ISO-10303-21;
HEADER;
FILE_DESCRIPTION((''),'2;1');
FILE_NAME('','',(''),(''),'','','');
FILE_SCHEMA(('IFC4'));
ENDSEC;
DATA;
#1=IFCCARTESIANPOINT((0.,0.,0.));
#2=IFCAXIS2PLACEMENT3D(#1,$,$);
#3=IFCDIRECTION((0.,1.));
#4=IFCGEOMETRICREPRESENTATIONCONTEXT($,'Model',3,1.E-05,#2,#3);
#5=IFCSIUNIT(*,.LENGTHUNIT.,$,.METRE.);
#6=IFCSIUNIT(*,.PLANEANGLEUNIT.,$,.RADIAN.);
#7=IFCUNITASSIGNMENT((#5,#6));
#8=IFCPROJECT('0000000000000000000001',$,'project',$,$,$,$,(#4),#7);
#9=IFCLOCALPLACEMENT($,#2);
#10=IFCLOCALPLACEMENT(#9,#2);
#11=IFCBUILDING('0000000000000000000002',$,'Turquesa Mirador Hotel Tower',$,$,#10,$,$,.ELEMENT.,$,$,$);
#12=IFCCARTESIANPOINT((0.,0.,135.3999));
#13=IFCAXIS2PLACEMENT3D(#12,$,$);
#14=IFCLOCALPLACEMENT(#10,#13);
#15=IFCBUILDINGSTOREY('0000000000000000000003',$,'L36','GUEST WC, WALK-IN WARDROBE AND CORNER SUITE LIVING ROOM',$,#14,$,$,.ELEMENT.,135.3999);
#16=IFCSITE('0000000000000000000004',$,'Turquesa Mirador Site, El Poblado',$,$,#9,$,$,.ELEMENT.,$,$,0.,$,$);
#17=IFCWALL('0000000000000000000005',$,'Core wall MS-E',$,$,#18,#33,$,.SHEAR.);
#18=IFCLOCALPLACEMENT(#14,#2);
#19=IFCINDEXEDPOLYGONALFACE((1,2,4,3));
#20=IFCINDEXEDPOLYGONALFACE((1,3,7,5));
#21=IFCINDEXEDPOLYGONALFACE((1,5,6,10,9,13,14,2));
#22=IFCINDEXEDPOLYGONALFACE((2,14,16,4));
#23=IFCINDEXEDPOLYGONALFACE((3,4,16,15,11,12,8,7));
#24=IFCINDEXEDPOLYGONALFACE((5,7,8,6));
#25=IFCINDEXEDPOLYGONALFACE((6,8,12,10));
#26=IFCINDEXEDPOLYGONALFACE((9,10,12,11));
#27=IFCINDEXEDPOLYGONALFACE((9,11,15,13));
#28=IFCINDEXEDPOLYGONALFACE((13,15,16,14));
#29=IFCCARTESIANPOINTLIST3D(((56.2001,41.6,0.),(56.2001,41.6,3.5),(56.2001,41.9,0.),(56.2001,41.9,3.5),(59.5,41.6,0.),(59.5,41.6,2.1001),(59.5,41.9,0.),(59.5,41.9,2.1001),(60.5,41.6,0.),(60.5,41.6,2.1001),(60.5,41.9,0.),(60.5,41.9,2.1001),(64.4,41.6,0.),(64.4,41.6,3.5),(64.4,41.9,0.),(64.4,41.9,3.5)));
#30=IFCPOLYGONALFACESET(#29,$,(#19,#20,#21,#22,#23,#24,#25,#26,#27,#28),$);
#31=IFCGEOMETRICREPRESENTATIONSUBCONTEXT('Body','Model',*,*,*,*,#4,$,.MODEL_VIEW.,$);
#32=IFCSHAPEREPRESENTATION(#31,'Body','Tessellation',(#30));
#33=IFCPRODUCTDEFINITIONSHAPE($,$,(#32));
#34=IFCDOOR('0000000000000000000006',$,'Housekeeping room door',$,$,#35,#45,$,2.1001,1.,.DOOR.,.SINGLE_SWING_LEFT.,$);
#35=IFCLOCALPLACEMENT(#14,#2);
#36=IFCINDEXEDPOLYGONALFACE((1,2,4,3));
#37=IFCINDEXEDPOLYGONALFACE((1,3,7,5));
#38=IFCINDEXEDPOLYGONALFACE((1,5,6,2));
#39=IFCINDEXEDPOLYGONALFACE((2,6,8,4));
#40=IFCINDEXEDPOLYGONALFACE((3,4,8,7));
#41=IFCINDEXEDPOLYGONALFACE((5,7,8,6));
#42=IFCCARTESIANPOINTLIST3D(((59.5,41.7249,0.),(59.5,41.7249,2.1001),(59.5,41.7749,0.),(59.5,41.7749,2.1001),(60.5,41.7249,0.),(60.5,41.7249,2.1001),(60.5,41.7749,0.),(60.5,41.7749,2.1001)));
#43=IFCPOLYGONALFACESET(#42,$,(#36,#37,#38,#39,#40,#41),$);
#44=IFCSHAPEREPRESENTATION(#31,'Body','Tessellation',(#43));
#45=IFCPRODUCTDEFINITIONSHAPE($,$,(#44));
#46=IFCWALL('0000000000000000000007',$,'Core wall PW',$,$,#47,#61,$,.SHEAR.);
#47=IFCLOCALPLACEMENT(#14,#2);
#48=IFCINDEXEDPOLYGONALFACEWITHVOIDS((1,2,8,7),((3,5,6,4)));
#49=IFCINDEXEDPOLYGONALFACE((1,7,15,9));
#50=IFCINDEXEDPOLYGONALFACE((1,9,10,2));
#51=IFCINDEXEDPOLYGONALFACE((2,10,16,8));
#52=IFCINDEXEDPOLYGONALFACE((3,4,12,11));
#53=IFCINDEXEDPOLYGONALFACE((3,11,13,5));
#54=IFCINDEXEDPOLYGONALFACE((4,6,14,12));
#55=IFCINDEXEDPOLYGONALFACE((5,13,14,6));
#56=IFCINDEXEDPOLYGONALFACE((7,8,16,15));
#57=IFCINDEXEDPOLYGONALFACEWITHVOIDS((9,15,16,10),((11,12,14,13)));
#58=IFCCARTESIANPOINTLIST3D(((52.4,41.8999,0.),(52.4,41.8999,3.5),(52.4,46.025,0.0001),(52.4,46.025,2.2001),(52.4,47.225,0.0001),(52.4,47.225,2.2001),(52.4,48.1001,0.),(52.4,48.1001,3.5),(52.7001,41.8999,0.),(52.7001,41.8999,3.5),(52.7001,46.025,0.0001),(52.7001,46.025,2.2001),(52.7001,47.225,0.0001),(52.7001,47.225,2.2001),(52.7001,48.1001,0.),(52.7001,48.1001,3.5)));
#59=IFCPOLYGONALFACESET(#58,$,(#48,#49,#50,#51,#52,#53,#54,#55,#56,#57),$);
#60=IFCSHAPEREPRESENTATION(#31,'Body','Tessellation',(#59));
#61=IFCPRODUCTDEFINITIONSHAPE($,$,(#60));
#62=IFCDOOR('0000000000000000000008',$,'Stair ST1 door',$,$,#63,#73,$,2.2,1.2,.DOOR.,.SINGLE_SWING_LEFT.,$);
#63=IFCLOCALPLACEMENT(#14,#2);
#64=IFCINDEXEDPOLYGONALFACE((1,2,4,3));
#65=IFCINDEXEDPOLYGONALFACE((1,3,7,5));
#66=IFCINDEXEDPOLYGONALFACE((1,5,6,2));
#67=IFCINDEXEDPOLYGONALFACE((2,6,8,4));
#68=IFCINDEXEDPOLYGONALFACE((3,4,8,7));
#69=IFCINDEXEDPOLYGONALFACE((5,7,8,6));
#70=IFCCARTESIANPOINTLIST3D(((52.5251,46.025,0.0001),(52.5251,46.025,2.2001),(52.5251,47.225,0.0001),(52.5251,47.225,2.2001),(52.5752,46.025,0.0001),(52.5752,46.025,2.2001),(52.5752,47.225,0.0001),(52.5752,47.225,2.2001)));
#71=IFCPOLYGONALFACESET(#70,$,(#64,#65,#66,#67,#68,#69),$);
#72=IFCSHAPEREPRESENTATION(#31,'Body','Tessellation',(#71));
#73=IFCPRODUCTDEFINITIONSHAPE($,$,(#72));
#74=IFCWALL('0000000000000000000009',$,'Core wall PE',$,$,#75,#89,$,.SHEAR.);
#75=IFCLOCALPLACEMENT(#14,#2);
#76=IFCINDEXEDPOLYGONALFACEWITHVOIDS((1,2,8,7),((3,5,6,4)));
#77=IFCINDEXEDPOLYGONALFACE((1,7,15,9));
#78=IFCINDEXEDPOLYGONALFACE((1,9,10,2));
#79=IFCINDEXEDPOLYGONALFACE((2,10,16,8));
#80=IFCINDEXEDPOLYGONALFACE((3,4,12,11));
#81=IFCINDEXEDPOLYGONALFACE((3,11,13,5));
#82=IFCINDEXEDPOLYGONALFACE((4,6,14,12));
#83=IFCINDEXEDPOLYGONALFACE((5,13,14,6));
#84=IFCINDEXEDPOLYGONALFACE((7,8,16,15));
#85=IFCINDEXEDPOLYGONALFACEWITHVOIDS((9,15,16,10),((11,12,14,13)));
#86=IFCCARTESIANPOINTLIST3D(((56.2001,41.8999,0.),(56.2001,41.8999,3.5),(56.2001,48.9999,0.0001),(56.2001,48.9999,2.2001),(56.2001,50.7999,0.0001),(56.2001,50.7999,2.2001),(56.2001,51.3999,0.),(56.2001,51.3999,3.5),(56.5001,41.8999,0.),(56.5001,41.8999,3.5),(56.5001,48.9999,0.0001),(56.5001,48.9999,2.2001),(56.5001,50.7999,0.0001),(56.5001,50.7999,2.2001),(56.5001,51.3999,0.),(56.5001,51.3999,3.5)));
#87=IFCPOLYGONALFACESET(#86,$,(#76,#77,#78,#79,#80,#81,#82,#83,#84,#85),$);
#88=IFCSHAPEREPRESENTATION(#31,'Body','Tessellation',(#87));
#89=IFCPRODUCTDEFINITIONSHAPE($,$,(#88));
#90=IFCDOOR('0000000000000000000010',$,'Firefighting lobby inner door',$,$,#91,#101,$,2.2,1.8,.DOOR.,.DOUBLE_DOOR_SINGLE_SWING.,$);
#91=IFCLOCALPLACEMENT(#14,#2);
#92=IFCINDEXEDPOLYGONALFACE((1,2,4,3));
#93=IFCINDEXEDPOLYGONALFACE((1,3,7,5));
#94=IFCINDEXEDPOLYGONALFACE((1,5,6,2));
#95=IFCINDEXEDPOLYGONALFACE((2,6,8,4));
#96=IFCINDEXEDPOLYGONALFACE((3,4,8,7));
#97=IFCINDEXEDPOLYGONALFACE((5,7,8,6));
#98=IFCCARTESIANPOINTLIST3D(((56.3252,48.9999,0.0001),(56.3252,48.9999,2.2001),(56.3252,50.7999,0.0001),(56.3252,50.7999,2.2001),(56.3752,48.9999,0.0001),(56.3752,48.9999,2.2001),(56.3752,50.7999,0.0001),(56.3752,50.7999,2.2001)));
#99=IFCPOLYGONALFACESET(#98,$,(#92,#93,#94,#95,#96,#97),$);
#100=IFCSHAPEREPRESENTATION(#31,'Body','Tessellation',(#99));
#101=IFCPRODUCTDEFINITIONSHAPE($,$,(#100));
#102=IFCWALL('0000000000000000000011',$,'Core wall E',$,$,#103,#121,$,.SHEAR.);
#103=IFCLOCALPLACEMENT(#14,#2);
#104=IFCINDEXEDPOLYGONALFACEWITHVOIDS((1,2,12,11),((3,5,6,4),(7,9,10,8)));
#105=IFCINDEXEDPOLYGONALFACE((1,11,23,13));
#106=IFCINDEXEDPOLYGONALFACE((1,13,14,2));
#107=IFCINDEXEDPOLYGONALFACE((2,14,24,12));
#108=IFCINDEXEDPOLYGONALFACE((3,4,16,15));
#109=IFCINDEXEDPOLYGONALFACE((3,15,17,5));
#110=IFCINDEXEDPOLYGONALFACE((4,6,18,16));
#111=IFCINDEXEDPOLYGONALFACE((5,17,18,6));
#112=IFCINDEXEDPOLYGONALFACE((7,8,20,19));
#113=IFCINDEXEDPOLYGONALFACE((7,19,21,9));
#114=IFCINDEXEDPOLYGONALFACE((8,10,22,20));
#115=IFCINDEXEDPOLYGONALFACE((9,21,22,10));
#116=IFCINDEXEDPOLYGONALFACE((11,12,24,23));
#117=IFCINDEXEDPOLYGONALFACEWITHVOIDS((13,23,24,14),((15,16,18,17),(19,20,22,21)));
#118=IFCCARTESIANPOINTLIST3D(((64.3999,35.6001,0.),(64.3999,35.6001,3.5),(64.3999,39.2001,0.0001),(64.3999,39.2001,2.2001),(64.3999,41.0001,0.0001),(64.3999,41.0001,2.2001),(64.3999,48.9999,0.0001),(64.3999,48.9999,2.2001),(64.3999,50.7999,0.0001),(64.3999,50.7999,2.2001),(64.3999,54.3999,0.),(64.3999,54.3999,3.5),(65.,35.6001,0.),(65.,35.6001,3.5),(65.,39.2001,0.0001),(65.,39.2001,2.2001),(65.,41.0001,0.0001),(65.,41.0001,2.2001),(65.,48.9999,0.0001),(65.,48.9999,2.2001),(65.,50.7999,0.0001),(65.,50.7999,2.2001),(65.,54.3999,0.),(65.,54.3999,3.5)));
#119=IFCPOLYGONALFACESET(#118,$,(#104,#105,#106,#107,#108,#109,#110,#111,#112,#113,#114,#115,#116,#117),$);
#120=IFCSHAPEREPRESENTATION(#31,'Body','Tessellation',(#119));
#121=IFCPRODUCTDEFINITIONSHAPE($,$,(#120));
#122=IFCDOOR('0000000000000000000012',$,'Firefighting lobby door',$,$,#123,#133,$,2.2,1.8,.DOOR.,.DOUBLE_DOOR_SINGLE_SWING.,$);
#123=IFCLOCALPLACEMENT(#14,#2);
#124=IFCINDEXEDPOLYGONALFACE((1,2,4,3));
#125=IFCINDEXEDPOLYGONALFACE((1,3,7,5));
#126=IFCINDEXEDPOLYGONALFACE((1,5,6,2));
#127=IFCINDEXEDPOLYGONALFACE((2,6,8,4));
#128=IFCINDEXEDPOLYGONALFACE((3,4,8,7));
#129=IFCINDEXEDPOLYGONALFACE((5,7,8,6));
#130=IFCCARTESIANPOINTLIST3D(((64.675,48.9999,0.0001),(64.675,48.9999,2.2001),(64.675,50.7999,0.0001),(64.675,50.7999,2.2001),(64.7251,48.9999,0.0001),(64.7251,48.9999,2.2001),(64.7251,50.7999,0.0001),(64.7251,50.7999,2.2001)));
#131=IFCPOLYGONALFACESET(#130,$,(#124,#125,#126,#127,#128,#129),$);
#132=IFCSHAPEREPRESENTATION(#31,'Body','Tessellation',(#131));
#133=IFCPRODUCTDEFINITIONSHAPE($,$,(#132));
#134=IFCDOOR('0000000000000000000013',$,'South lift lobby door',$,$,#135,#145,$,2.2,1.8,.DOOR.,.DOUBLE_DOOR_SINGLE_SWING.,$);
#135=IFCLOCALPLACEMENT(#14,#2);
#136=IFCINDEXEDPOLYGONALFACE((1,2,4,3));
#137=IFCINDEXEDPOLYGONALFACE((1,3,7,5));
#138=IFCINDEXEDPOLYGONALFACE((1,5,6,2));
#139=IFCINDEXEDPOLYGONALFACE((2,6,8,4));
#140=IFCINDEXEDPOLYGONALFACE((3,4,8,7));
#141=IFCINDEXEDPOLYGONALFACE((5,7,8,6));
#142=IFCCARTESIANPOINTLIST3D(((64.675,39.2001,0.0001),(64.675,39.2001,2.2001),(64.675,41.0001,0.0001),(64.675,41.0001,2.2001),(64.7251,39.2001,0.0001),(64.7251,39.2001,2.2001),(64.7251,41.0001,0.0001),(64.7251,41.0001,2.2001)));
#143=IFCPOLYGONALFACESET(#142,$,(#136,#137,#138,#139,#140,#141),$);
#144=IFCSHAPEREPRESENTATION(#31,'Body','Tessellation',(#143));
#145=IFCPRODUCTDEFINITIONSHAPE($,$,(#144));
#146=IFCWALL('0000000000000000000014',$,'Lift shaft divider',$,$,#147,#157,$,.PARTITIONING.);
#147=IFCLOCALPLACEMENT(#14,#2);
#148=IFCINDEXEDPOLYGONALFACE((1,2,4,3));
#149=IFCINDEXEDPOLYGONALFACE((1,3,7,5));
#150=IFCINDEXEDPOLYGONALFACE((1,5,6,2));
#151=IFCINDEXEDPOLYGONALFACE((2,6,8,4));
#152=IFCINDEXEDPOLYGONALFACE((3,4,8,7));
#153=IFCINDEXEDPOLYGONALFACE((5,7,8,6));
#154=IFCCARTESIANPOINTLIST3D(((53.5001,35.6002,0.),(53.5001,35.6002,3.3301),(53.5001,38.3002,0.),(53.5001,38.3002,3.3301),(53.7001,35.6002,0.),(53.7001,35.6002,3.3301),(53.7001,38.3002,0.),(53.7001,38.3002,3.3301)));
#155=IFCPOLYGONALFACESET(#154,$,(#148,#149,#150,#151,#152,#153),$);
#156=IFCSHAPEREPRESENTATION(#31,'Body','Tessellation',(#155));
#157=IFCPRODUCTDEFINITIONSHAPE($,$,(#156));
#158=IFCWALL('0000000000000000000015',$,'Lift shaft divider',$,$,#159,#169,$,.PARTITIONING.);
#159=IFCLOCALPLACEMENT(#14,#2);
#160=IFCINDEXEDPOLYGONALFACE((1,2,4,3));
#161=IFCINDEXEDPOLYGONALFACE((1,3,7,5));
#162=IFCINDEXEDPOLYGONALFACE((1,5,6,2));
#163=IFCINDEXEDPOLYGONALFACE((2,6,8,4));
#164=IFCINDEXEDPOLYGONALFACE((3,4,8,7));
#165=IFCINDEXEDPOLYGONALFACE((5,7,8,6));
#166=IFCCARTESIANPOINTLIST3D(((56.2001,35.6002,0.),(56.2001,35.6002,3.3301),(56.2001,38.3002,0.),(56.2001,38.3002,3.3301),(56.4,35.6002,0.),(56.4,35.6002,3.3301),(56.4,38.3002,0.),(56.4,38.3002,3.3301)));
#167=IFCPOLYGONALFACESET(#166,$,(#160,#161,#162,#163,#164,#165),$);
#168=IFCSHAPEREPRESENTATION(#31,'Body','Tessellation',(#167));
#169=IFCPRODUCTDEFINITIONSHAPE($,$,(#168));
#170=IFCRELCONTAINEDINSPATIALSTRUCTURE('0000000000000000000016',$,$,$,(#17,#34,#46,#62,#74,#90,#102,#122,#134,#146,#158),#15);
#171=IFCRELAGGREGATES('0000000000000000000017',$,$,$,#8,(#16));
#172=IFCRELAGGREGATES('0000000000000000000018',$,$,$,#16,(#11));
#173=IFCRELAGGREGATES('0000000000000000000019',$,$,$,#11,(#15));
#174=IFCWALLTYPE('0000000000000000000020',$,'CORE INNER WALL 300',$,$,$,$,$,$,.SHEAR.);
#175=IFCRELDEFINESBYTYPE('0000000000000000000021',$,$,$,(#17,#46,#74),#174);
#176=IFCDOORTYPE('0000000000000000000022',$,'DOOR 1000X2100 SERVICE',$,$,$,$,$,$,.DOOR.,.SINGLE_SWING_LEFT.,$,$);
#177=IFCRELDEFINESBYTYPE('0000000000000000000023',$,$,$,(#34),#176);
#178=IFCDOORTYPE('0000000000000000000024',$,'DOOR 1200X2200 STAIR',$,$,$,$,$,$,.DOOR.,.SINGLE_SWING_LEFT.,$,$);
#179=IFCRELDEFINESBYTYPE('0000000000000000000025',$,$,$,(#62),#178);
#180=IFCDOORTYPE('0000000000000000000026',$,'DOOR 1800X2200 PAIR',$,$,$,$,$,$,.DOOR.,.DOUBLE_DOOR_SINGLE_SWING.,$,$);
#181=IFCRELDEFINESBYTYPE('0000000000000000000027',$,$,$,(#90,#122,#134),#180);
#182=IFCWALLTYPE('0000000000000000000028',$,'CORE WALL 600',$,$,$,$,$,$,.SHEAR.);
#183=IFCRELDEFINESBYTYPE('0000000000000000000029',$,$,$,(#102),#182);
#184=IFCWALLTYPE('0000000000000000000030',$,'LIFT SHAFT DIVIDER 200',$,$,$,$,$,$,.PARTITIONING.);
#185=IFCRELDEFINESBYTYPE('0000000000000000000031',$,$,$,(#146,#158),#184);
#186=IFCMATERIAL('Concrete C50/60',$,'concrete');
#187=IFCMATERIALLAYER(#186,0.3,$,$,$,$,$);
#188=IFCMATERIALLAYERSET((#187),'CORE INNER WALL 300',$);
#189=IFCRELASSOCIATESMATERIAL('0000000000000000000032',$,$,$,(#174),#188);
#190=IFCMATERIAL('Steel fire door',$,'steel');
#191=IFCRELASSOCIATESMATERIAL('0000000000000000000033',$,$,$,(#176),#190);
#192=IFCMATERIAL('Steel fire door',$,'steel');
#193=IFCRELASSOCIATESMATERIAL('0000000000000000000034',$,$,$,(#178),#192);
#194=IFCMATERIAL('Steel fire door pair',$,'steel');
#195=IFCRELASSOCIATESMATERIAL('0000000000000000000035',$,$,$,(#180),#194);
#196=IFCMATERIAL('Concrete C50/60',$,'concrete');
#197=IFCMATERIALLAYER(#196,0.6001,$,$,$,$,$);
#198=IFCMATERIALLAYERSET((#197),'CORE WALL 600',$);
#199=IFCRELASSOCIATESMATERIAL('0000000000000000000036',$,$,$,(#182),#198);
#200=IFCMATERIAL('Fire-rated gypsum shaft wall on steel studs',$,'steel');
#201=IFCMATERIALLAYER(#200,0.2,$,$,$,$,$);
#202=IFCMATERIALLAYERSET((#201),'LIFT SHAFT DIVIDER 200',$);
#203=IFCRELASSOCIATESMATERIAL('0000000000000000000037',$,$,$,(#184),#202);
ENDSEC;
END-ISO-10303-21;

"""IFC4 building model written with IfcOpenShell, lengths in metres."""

from ifc_helpers import new_model, si_unit, direction, frame, frame_2d, origin, place, context, subcontext, project, spatial, rectangle, extrude, material, layer, layer_set, type_object, element, fill, save


model = new_model("IFC4")

# Units and contexts
model_context = context("Model", 3, precision=1e-05, world=origin(), true_north=direction((0.0, 1.0)))
body_context = subcontext(model_context, "Body", "Model", "MODEL_VIEW")
ifc_project = project(units=[si_unit("LENGTHUNIT", "METRE"), si_unit("PLANEANGLEUNIT", "RADIAN")], contexts=[model_context])

# Site, building, storey
site_placement = place(None, origin())
site = spatial("IfcSite", under=ifc_project, at=site_placement, Name="Turquesa Mirador Site, El Poblado", CompositionType="ELEMENT", RefElevation=0.0)
building_placement = place(site_placement, origin())
building = spatial("IfcBuilding", under=site, at=building_placement, Name="Turquesa Mirador Hotel Tower", CompositionType="ELEMENT")
storey_placement = place(building_placement, frame((0.0, 0.0, 135.3999)))
storey = spatial("IfcBuildingStorey", under=building, at=storey_placement, Name="L36", Description="GUEST WC, WALK-IN WARDROBE AND CORNER SUITE LIVING ROOM", CompositionType="ELEMENT", Elevation=135.3999)

# Walls, openings, doors
ifc_material_1 = material(Name="Concrete C50/60", Category="concrete")
ifc_layer_1 = layer(ifc_material_1, 0.3)
ifc_layer_set_1 = layer_set([ifc_layer_1], Name="CORE INNER WALL 300")
wall_type_1 = type_object("IfcWallType", Name="CORE INNER WALL 300", PredefinedType="SHEAR", material=ifc_layer_set_1)
wall_1_placement = place(storey_placement, frame((56.2, 41.75, 0.0), z_axis=(0.0, 0.0, 1.0), x_axis=(1.0, 0.0, 0.0)))
wall_1 = element("IfcWall", 1, at=wall_1_placement, inside=storey, type_object=wall_type_1, Name="Core wall MS-E", PredefinedType="SHEAR", context=body_context, shape_type="SweptSolid", body=[
    extrude(rectangle(XDim=8.2, YDim=0.3, at=frame_2d((4.1001, 0.0))), origin(), (0.0, 0.0, 1.0), 3.5),
])
opening_1_placement = place(wall_1_placement, frame((3.3, 0.0, 0.0)))
opening_1 = element("IfcOpeningElement", 2, at=opening_1_placement, cuts=wall_1, PredefinedType="OPENING", context=body_context, shape_type="SweptSolid", body=[
    extrude(rectangle(XDim=1.0, YDim=2.1001, at=frame_2d((0.5, 1.05))), frame((0.0, 0.1599, 0.0), z_axis=(0.0, -1.0, 0.0), x_axis=(1.0, 0.0, 0.0)), (0.0, 0.0, 1.0), 0.3201),
])
ifc_material_2 = material(Name="Steel fire door", Category="steel")
door_type_1 = type_object("IfcDoorType", Name="DOOR 1000X2100 SERVICE", OperationType="SINGLE_SWING_LEFT", PredefinedType="DOOR", material=ifc_material_2)
door_1_placement = place(opening_1_placement, origin())
door_1 = element("IfcDoor", 3, at=door_1_placement, inside=storey, type_object=door_type_1, Name="Housekeeping room door", OperationType="SINGLE_SWING_LEFT", OverallHeight=2.1001, OverallWidth=1.0, PredefinedType="DOOR", context=body_context, shape_type="SweptSolid", body=[
    extrude(rectangle(XDim=1.0, YDim=2.1001, at=frame_2d((0.5, 1.05))), frame((0.0, 0.0249, 0.0), z_axis=(0.0, -1.0, 0.0), x_axis=(1.0, 0.0, 0.0)), (0.0, 0.0, 1.0), 0.05),
])
fill(opening_1, door_1)
wall_2_placement = place(storey_placement, frame((52.55, 41.8999, 0.0), z_axis=(0.0, 0.0, 1.0), x_axis=(0.0, 1.0, 0.0)))
wall_2 = element("IfcWall", 4, at=wall_2_placement, inside=storey, type_object=wall_type_1, Name="Core wall PW", PredefinedType="SHEAR", context=body_context, shape_type="SweptSolid", body=[
    extrude(rectangle(XDim=6.2002, YDim=0.3, at=frame_2d((3.1001, 0.0))), origin(), (0.0, 0.0, 1.0), 3.5),
])
opening_2_placement = place(wall_2_placement, frame((4.125, 0.0, 0.0)))
opening_2 = element("IfcOpeningElement", 5, at=opening_2_placement, cuts=wall_2, PredefinedType="OPENING", context=body_context, shape_type="SweptSolid", body=[
    extrude(rectangle(XDim=1.2, YDim=2.2, at=frame_2d((0.6001, 1.1001))), frame((0.0, 0.1599, 0.0), z_axis=(0.0, -1.0, 0.0), x_axis=(1.0, 0.0, 0.0)), (0.0, 0.0, 1.0), 0.3201),
])
ifc_material_3 = material(Name="Steel fire door", Category="steel")
door_type_2 = type_object("IfcDoorType", Name="DOOR 1200X2200 STAIR", OperationType="SINGLE_SWING_LEFT", PredefinedType="DOOR", material=ifc_material_3)
door_2_placement = place(opening_2_placement, origin())
door_2 = element("IfcDoor", 6, at=door_2_placement, inside=storey, type_object=door_type_2, Name="Stair ST1 door", OperationType="SINGLE_SWING_LEFT", OverallHeight=2.2, OverallWidth=1.2, PredefinedType="DOOR", context=body_context, shape_type="SweptSolid", body=[
    extrude(rectangle(XDim=1.2, YDim=2.2, at=frame_2d((0.6001, 1.1001))), frame((0.0, 0.0249, 0.0), z_axis=(0.0, -1.0, 0.0), x_axis=(1.0, 0.0, 0.0)), (0.0, 0.0, 1.0), 0.05),
])
fill(opening_2, door_2)
wall_3_placement = place(storey_placement, frame((56.3501, 41.8999, 0.0), z_axis=(0.0, 0.0, 1.0), x_axis=(0.0, 1.0, 0.0)))
wall_3 = element("IfcWall", 7, at=wall_3_placement, inside=storey, type_object=wall_type_1, Name="Core wall PE", PredefinedType="SHEAR", context=body_context, shape_type="SweptSolid", body=[
    extrude(rectangle(XDim=9.5, YDim=0.3, at=frame_2d((4.75, 0.0))), origin(), (0.0, 0.0, 1.0), 3.5),
])
opening_3_placement = place(wall_3_placement, frame((7.1001, 0.0, 0.0)))
opening_3 = element("IfcOpeningElement", 8, at=opening_3_placement, cuts=wall_3, PredefinedType="OPENING", context=body_context, shape_type="SweptSolid", body=[
    extrude(rectangle(XDim=1.8, YDim=2.2, at=frame_2d((0.8999, 1.1001))), frame((0.0, 0.1599, 0.0), z_axis=(0.0, -1.0, 0.0), x_axis=(1.0, 0.0, 0.0)), (0.0, 0.0, 1.0), 0.3201),
])
ifc_material_4 = material(Name="Steel fire door pair", Category="steel")
door_type_3 = type_object("IfcDoorType", Name="DOOR 1800X2200 PAIR", OperationType="DOUBLE_DOOR_SINGLE_SWING", PredefinedType="DOOR", material=ifc_material_4)
door_3_placement = place(opening_3_placement, origin())
door_3 = element("IfcDoor", 9, at=door_3_placement, inside=storey, type_object=door_type_3, Name="Firefighting lobby inner door", OperationType="DOUBLE_DOOR_SINGLE_SWING", OverallHeight=2.2, OverallWidth=1.8, PredefinedType="DOOR", context=body_context, shape_type="SweptSolid", body=[
    extrude(rectangle(XDim=1.8, YDim=2.2, at=frame_2d((0.8999, 1.1001))), frame((0.0, 0.0249, 0.0), z_axis=(0.0, -1.0, 0.0), x_axis=(1.0, 0.0, 0.0)), (0.0, 0.0, 1.0), 0.05),
])
fill(opening_3, door_3)

# Wall, openings, doors
ifc_material_5 = material(Name="Concrete C50/60", Category="concrete")
ifc_layer_2 = layer(ifc_material_5, 0.6001)
ifc_layer_set_2 = layer_set([ifc_layer_2], Name="CORE WALL 600")
wall_type_2 = type_object("IfcWallType", Name="CORE WALL 600", PredefinedType="SHEAR", material=ifc_layer_set_2)
wall_4_placement = place(storey_placement, frame((64.7, 35.6001, 0.0), z_axis=(0.0, 0.0, 1.0), x_axis=(0.0, 1.0, 0.0)))
wall_4 = element("IfcWall", 10, at=wall_4_placement, inside=storey, type_object=wall_type_2, Name="Core wall E", PredefinedType="SHEAR", context=body_context, shape_type="SweptSolid", body=[
    extrude(rectangle(XDim=18.7998, YDim=0.6001, at=frame_2d((9.3999, 0.0))), origin(), (0.0, 0.0, 1.0), 3.5),
])
opening_4_placement = place(wall_4_placement, frame((13.3999, 0.0, 0.0)))
opening_4 = element("IfcOpeningElement", 11, at=opening_4_placement, cuts=wall_4, PredefinedType="OPENING", context=body_context, shape_type="SweptSolid", body=[
    extrude(rectangle(XDim=1.8, YDim=2.2, at=frame_2d((0.8999, 1.1001))), frame((0.0, 0.3101, 0.0), z_axis=(0.0, -1.0, 0.0), x_axis=(1.0, 0.0, 0.0)), (0.0, 0.0, 1.0), 0.6201),
])
opening_5_placement = place(wall_4_placement, frame((3.6001, 0.0, 0.0)))
opening_5 = element("IfcOpeningElement", 12, at=opening_5_placement, cuts=wall_4, PredefinedType="OPENING", context=body_context, shape_type="SweptSolid", body=[
    extrude(rectangle(XDim=1.8, YDim=2.2, at=frame_2d((0.8999, 1.1001))), frame((0.0, 0.3101, 0.0), z_axis=(0.0, -1.0, 0.0), x_axis=(1.0, 0.0, 0.0)), (0.0, 0.0, 1.0), 0.6201),
])
door_4_placement = place(opening_4_placement, origin())
door_4 = element("IfcDoor", 13, at=door_4_placement, inside=storey, type_object=door_type_3, Name="Firefighting lobby door", OperationType="DOUBLE_DOOR_SINGLE_SWING", OverallHeight=2.2, OverallWidth=1.8, PredefinedType="DOOR", context=body_context, shape_type="SweptSolid", body=[
    extrude(rectangle(XDim=1.8, YDim=2.2, at=frame_2d((0.8999, 1.1001))), frame((0.0, 0.0249, 0.0), z_axis=(0.0, -1.0, 0.0), x_axis=(1.0, 0.0, 0.0)), (0.0, 0.0, 1.0), 0.05),
])
fill(opening_4, door_4)
door_5_placement = place(opening_5_placement, origin())
door_5 = element("IfcDoor", 14, at=door_5_placement, inside=storey, type_object=door_type_3, Name="South lift lobby door", OperationType="DOUBLE_DOOR_SINGLE_SWING", OverallHeight=2.2, OverallWidth=1.8, PredefinedType="DOOR", context=body_context, shape_type="SweptSolid", body=[
    extrude(rectangle(XDim=1.8, YDim=2.2, at=frame_2d((0.8999, 1.1001))), frame((0.0, 0.0249, 0.0), z_axis=(0.0, -1.0, 0.0), x_axis=(1.0, 0.0, 0.0)), (0.0, 0.0, 1.0), 0.05),
])
fill(opening_5, door_5)

# Walls
ifc_material_6 = material(Name="Fire-rated gypsum shaft wall on steel studs", Category="steel")
ifc_layer_3 = layer(ifc_material_6, 0.2)
ifc_layer_set_3 = layer_set([ifc_layer_3], Name="LIFT SHAFT DIVIDER 200")
wall_type_3 = type_object("IfcWallType", Name="LIFT SHAFT DIVIDER 200", PredefinedType="PARTITIONING", material=ifc_layer_set_3)
for number, where, z_axis, x_axis, name in (
    (15, (53.6001, 35.6001, 0.0), (0.0, 0.0, 1.0), (0.0, 1.0, 0.0), "Lift shaft divider"),
    (16, (56.3, 35.6001, 0.0), (0.0, 0.0, 1.0), (0.0, 1.0, 0.0), "Lift shaft divider"),
):
    element("IfcWall", number, at=place(storey_placement, frame(where, z_axis=z_axis, x_axis=x_axis)), inside=storey, type_object=wall_type_3, Name=name, PredefinedType="PARTITIONING", context=body_context, shape_type="SweptSolid", body=[
        extrude(rectangle(XDim=2.7, YDim=0.2, at=frame_2d((1.3501, 0.0))), origin(), (0.0, 0.0, 1.0), 3.3301),
    ])

save(model, "model.ifc")
